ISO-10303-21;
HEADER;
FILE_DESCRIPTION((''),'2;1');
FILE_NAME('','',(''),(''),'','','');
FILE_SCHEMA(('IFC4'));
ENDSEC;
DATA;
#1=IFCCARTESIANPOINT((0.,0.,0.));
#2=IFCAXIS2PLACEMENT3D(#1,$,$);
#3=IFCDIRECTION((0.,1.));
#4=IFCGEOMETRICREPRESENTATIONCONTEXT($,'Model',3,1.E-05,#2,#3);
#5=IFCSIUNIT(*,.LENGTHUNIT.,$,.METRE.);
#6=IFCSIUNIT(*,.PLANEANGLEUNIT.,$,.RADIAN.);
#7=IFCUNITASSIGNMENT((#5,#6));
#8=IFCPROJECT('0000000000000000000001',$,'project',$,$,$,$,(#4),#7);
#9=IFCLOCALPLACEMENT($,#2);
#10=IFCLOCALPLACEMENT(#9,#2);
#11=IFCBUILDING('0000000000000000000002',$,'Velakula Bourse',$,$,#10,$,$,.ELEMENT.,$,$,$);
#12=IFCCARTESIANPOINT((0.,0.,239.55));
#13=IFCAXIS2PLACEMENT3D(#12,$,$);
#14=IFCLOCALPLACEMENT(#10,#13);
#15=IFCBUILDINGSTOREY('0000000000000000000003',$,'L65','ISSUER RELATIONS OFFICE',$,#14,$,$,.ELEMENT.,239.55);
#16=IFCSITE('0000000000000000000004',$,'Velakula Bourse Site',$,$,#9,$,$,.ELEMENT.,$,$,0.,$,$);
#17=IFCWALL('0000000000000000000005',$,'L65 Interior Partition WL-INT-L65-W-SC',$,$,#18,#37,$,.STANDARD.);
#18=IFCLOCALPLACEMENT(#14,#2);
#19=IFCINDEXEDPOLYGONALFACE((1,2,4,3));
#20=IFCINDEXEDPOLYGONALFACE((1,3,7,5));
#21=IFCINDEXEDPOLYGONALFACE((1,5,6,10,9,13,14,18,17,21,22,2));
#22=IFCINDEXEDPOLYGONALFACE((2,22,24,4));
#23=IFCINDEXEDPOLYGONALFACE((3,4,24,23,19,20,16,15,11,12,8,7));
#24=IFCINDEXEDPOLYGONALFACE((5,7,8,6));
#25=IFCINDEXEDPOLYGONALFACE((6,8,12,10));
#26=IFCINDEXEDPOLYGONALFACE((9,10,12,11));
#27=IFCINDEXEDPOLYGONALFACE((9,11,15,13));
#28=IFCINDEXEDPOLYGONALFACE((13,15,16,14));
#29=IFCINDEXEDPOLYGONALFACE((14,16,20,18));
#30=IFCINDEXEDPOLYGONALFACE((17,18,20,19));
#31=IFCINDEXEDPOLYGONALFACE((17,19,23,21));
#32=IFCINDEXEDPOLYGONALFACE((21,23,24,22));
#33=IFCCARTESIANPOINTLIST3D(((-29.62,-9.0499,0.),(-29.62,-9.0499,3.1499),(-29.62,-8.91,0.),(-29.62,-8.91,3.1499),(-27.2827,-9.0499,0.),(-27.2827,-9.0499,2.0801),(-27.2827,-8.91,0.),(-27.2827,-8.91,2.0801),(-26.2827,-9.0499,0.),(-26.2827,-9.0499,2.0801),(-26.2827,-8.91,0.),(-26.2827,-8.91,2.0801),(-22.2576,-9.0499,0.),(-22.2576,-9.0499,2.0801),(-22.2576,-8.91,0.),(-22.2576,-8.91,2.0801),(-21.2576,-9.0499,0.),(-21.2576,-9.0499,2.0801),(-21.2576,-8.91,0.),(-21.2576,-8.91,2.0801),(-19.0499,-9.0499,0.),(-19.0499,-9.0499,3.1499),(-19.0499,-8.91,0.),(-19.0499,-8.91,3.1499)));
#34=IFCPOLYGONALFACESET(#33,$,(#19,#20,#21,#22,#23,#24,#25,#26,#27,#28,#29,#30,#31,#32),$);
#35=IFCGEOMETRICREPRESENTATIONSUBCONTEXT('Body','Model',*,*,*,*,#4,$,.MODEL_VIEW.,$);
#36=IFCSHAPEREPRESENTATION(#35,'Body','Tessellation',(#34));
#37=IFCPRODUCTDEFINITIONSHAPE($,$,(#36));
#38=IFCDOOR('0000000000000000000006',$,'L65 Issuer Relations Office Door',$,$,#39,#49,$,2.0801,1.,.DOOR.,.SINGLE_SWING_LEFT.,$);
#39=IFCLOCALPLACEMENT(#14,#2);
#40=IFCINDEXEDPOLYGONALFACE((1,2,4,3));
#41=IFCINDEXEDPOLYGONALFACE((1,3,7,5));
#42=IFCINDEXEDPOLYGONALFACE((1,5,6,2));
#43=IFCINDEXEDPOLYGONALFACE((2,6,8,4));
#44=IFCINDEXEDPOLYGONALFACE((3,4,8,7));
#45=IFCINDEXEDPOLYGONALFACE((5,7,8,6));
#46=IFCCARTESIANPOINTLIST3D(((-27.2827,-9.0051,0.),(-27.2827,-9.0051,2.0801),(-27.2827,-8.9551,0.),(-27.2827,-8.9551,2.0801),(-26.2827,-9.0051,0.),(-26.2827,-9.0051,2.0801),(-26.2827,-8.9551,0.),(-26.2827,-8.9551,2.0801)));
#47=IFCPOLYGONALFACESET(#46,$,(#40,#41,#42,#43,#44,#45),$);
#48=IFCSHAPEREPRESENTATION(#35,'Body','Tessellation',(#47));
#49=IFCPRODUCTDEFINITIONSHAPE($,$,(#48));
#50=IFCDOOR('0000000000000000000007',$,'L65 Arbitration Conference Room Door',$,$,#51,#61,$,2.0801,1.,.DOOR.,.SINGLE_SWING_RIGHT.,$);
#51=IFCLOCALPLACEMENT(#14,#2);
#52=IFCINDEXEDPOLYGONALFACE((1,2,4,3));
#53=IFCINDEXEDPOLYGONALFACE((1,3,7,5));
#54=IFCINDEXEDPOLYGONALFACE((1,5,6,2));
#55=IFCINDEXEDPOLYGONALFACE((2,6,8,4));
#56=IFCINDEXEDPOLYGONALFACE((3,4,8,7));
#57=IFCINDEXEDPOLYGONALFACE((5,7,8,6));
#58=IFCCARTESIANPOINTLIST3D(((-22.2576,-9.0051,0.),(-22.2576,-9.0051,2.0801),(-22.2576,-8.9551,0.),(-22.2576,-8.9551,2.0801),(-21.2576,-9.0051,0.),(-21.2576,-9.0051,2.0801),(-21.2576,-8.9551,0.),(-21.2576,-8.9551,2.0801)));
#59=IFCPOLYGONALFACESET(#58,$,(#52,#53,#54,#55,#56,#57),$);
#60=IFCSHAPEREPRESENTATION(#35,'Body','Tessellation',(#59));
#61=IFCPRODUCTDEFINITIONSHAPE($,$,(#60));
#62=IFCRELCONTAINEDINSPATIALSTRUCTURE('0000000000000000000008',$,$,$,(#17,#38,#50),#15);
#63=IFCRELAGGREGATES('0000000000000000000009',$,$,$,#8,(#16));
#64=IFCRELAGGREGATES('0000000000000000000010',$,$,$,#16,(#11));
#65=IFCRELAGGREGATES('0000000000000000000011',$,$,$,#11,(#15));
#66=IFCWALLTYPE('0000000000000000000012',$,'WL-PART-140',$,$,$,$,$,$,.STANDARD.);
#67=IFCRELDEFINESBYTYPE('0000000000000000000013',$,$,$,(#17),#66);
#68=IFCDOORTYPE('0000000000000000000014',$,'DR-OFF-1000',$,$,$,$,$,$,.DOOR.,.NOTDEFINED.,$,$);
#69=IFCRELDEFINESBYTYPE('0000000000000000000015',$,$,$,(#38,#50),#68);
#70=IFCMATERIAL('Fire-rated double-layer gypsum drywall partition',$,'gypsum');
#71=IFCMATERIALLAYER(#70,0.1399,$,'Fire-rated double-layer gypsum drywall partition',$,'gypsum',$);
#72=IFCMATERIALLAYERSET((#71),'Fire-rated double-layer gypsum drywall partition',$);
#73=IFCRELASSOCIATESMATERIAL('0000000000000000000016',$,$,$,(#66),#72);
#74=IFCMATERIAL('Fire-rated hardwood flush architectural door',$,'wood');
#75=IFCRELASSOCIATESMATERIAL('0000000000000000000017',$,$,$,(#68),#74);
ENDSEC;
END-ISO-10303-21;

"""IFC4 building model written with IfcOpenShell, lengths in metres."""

from ifc_helpers import new_model, si_unit, direction, frame, frame_2d, origin, place, context, subcontext, project, spatial, rectangle, extrude, material, layer, layer_set, type_object, element, fill, save


model = new_model("IFC4")

# Units and contexts
model_context = context("Model", 3, precision=1e-05, world=origin(), true_north=direction((0.0, 1.0)))
body_context = subcontext(model_context, "Body", "Model", "MODEL_VIEW")
ifc_project = project(units=[si_unit("LENGTHUNIT", "METRE"), si_unit("PLANEANGLEUNIT", "RADIAN")], contexts=[model_context])

# Site, building, storey
site_placement = place(None, origin())
site = spatial("IfcSite", under=ifc_project, at=site_placement, Name="Velakula Bourse Site", CompositionType="ELEMENT", RefElevation=0.0)
building_placement = place(site_placement, origin())
building = spatial("IfcBuilding", under=site, at=building_placement, Name="Velakula Bourse", CompositionType="ELEMENT")
storey_placement = place(building_placement, frame((0.0, 0.0, 239.55)))
storey = spatial("IfcBuildingStorey", under=building, at=storey_placement, Name="L65", Description="ISSUER RELATIONS OFFICE", CompositionType="ELEMENT", Elevation=239.55)

# Shared definitions
ifc_material_1 = material(Name="Fire-rated double-layer gypsum drywall partition", Category="gypsum")

# Wall, openings, doors
ifc_layer_1 = layer(ifc_material_1, 0.1399, Name="Fire-rated double-layer gypsum drywall partition", Category="gypsum")
ifc_layer_set_1 = layer_set([ifc_layer_1], Name="Fire-rated double-layer gypsum drywall partition")
wall_type_1 = type_object("IfcWallType", Name="WL-PART-140", PredefinedType="STANDARD", material=ifc_layer_set_1)
ifc_material_2 = material(Name="Fire-rated hardwood flush architectural door", Category="wood")
door_type_1 = type_object("IfcDoorType", Name="DR-OFF-1000", OperationType="NOTDEFINED", PredefinedType="DOOR", material=ifc_material_2)
wall_1_placement = place(storey_placement, frame((-29.6201, -8.98, 0.0), z_axis=(0.0, 0.0, 1.0), x_axis=(1.0, 0.0, 0.0)))
wall_1 = element("IfcWall", 1, at=wall_1_placement, inside=storey, type_object=wall_type_1, Name="L65 Interior Partition WL-INT-L65-W-SC", PredefinedType="STANDARD", context=body_context, shape_type="SweptSolid", body=[
    extrude(rectangle(XDim=10.5701, YDim=0.1399, at=frame_2d((5.2852, 0.0))), origin(), (0.0, 0.0, 1.0), 3.1499),
])
opening_1_placement = place(wall_1_placement, frame((2.3374, 0.0, 0.0)))
opening_1 = element("IfcOpeningElement", 2, at=opening_1_placement, cuts=wall_1, PredefinedType="OPENING", context=body_context, shape_type="SweptSolid", body=[
    extrude(rectangle(XDim=1.0, YDim=2.0801, at=frame_2d((0.5, 1.04))), frame((0.0, 0.0798, 0.0), z_axis=(0.0, -1.0, 0.0), x_axis=(1.0, 0.0, 0.0)), (0.0, 0.0, 1.0), 0.1599),
])
opening_2_placement = place(wall_1_placement, frame((7.3625, 0.0, 0.0)))
opening_2 = element("IfcOpeningElement", 3, at=opening_2_placement, cuts=wall_1, PredefinedType="OPENING", context=body_context, shape_type="SweptSolid", body=[
    extrude(rectangle(XDim=1.0, YDim=2.0801, at=frame_2d((0.5, 1.04))), frame((0.0, 0.0798, 0.0), z_axis=(0.0, -1.0, 0.0), x_axis=(1.0, 0.0, 0.0)), (0.0, 0.0, 1.0), 0.1599),
])
door_1_placement = place(opening_1_placement, origin())
door_1 = element("IfcDoor", 4, at=door_1_placement, inside=storey, type_object=door_type_1, Name="L65 Issuer Relations Office Door", OperationType="SINGLE_SWING_LEFT", OverallHeight=2.0801, OverallWidth=1.0, PredefinedType="DOOR", context=body_context, shape_type="SweptSolid", body=[
    extrude(rectangle(XDim=1.0, YDim=2.0801, at=frame_2d((0.5, 1.04))), frame((0.0, 0.0249, 0.0), z_axis=(0.0, -1.0, 0.0), x_axis=(1.0, 0.0, 0.0)), (0.0, 0.0, 1.0), 0.05),
])
fill(opening_1, door_1)
door_2_placement = place(opening_2_placement, origin())
door_2 = element("IfcDoor", 5, at=door_2_placement, inside=storey, type_object=door_type_1, Name="L65 Arbitration Conference Room Door", OperationType="SINGLE_SWING_RIGHT", OverallHeight=2.0801, OverallWidth=1.0, PredefinedType="DOOR", context=body_context, shape_type="SweptSolid", body=[
    extrude(rectangle(XDim=1.0, YDim=2.0801, at=frame_2d((0.5, 1.04))), frame((0.0, 0.0249, 0.0), z_axis=(0.0, -1.0, 0.0), x_axis=(1.0, 0.0, 0.0)), (0.0, 0.0, 1.0), 0.05),
])
fill(opening_2, door_2)

save(model, "model.ifc")
